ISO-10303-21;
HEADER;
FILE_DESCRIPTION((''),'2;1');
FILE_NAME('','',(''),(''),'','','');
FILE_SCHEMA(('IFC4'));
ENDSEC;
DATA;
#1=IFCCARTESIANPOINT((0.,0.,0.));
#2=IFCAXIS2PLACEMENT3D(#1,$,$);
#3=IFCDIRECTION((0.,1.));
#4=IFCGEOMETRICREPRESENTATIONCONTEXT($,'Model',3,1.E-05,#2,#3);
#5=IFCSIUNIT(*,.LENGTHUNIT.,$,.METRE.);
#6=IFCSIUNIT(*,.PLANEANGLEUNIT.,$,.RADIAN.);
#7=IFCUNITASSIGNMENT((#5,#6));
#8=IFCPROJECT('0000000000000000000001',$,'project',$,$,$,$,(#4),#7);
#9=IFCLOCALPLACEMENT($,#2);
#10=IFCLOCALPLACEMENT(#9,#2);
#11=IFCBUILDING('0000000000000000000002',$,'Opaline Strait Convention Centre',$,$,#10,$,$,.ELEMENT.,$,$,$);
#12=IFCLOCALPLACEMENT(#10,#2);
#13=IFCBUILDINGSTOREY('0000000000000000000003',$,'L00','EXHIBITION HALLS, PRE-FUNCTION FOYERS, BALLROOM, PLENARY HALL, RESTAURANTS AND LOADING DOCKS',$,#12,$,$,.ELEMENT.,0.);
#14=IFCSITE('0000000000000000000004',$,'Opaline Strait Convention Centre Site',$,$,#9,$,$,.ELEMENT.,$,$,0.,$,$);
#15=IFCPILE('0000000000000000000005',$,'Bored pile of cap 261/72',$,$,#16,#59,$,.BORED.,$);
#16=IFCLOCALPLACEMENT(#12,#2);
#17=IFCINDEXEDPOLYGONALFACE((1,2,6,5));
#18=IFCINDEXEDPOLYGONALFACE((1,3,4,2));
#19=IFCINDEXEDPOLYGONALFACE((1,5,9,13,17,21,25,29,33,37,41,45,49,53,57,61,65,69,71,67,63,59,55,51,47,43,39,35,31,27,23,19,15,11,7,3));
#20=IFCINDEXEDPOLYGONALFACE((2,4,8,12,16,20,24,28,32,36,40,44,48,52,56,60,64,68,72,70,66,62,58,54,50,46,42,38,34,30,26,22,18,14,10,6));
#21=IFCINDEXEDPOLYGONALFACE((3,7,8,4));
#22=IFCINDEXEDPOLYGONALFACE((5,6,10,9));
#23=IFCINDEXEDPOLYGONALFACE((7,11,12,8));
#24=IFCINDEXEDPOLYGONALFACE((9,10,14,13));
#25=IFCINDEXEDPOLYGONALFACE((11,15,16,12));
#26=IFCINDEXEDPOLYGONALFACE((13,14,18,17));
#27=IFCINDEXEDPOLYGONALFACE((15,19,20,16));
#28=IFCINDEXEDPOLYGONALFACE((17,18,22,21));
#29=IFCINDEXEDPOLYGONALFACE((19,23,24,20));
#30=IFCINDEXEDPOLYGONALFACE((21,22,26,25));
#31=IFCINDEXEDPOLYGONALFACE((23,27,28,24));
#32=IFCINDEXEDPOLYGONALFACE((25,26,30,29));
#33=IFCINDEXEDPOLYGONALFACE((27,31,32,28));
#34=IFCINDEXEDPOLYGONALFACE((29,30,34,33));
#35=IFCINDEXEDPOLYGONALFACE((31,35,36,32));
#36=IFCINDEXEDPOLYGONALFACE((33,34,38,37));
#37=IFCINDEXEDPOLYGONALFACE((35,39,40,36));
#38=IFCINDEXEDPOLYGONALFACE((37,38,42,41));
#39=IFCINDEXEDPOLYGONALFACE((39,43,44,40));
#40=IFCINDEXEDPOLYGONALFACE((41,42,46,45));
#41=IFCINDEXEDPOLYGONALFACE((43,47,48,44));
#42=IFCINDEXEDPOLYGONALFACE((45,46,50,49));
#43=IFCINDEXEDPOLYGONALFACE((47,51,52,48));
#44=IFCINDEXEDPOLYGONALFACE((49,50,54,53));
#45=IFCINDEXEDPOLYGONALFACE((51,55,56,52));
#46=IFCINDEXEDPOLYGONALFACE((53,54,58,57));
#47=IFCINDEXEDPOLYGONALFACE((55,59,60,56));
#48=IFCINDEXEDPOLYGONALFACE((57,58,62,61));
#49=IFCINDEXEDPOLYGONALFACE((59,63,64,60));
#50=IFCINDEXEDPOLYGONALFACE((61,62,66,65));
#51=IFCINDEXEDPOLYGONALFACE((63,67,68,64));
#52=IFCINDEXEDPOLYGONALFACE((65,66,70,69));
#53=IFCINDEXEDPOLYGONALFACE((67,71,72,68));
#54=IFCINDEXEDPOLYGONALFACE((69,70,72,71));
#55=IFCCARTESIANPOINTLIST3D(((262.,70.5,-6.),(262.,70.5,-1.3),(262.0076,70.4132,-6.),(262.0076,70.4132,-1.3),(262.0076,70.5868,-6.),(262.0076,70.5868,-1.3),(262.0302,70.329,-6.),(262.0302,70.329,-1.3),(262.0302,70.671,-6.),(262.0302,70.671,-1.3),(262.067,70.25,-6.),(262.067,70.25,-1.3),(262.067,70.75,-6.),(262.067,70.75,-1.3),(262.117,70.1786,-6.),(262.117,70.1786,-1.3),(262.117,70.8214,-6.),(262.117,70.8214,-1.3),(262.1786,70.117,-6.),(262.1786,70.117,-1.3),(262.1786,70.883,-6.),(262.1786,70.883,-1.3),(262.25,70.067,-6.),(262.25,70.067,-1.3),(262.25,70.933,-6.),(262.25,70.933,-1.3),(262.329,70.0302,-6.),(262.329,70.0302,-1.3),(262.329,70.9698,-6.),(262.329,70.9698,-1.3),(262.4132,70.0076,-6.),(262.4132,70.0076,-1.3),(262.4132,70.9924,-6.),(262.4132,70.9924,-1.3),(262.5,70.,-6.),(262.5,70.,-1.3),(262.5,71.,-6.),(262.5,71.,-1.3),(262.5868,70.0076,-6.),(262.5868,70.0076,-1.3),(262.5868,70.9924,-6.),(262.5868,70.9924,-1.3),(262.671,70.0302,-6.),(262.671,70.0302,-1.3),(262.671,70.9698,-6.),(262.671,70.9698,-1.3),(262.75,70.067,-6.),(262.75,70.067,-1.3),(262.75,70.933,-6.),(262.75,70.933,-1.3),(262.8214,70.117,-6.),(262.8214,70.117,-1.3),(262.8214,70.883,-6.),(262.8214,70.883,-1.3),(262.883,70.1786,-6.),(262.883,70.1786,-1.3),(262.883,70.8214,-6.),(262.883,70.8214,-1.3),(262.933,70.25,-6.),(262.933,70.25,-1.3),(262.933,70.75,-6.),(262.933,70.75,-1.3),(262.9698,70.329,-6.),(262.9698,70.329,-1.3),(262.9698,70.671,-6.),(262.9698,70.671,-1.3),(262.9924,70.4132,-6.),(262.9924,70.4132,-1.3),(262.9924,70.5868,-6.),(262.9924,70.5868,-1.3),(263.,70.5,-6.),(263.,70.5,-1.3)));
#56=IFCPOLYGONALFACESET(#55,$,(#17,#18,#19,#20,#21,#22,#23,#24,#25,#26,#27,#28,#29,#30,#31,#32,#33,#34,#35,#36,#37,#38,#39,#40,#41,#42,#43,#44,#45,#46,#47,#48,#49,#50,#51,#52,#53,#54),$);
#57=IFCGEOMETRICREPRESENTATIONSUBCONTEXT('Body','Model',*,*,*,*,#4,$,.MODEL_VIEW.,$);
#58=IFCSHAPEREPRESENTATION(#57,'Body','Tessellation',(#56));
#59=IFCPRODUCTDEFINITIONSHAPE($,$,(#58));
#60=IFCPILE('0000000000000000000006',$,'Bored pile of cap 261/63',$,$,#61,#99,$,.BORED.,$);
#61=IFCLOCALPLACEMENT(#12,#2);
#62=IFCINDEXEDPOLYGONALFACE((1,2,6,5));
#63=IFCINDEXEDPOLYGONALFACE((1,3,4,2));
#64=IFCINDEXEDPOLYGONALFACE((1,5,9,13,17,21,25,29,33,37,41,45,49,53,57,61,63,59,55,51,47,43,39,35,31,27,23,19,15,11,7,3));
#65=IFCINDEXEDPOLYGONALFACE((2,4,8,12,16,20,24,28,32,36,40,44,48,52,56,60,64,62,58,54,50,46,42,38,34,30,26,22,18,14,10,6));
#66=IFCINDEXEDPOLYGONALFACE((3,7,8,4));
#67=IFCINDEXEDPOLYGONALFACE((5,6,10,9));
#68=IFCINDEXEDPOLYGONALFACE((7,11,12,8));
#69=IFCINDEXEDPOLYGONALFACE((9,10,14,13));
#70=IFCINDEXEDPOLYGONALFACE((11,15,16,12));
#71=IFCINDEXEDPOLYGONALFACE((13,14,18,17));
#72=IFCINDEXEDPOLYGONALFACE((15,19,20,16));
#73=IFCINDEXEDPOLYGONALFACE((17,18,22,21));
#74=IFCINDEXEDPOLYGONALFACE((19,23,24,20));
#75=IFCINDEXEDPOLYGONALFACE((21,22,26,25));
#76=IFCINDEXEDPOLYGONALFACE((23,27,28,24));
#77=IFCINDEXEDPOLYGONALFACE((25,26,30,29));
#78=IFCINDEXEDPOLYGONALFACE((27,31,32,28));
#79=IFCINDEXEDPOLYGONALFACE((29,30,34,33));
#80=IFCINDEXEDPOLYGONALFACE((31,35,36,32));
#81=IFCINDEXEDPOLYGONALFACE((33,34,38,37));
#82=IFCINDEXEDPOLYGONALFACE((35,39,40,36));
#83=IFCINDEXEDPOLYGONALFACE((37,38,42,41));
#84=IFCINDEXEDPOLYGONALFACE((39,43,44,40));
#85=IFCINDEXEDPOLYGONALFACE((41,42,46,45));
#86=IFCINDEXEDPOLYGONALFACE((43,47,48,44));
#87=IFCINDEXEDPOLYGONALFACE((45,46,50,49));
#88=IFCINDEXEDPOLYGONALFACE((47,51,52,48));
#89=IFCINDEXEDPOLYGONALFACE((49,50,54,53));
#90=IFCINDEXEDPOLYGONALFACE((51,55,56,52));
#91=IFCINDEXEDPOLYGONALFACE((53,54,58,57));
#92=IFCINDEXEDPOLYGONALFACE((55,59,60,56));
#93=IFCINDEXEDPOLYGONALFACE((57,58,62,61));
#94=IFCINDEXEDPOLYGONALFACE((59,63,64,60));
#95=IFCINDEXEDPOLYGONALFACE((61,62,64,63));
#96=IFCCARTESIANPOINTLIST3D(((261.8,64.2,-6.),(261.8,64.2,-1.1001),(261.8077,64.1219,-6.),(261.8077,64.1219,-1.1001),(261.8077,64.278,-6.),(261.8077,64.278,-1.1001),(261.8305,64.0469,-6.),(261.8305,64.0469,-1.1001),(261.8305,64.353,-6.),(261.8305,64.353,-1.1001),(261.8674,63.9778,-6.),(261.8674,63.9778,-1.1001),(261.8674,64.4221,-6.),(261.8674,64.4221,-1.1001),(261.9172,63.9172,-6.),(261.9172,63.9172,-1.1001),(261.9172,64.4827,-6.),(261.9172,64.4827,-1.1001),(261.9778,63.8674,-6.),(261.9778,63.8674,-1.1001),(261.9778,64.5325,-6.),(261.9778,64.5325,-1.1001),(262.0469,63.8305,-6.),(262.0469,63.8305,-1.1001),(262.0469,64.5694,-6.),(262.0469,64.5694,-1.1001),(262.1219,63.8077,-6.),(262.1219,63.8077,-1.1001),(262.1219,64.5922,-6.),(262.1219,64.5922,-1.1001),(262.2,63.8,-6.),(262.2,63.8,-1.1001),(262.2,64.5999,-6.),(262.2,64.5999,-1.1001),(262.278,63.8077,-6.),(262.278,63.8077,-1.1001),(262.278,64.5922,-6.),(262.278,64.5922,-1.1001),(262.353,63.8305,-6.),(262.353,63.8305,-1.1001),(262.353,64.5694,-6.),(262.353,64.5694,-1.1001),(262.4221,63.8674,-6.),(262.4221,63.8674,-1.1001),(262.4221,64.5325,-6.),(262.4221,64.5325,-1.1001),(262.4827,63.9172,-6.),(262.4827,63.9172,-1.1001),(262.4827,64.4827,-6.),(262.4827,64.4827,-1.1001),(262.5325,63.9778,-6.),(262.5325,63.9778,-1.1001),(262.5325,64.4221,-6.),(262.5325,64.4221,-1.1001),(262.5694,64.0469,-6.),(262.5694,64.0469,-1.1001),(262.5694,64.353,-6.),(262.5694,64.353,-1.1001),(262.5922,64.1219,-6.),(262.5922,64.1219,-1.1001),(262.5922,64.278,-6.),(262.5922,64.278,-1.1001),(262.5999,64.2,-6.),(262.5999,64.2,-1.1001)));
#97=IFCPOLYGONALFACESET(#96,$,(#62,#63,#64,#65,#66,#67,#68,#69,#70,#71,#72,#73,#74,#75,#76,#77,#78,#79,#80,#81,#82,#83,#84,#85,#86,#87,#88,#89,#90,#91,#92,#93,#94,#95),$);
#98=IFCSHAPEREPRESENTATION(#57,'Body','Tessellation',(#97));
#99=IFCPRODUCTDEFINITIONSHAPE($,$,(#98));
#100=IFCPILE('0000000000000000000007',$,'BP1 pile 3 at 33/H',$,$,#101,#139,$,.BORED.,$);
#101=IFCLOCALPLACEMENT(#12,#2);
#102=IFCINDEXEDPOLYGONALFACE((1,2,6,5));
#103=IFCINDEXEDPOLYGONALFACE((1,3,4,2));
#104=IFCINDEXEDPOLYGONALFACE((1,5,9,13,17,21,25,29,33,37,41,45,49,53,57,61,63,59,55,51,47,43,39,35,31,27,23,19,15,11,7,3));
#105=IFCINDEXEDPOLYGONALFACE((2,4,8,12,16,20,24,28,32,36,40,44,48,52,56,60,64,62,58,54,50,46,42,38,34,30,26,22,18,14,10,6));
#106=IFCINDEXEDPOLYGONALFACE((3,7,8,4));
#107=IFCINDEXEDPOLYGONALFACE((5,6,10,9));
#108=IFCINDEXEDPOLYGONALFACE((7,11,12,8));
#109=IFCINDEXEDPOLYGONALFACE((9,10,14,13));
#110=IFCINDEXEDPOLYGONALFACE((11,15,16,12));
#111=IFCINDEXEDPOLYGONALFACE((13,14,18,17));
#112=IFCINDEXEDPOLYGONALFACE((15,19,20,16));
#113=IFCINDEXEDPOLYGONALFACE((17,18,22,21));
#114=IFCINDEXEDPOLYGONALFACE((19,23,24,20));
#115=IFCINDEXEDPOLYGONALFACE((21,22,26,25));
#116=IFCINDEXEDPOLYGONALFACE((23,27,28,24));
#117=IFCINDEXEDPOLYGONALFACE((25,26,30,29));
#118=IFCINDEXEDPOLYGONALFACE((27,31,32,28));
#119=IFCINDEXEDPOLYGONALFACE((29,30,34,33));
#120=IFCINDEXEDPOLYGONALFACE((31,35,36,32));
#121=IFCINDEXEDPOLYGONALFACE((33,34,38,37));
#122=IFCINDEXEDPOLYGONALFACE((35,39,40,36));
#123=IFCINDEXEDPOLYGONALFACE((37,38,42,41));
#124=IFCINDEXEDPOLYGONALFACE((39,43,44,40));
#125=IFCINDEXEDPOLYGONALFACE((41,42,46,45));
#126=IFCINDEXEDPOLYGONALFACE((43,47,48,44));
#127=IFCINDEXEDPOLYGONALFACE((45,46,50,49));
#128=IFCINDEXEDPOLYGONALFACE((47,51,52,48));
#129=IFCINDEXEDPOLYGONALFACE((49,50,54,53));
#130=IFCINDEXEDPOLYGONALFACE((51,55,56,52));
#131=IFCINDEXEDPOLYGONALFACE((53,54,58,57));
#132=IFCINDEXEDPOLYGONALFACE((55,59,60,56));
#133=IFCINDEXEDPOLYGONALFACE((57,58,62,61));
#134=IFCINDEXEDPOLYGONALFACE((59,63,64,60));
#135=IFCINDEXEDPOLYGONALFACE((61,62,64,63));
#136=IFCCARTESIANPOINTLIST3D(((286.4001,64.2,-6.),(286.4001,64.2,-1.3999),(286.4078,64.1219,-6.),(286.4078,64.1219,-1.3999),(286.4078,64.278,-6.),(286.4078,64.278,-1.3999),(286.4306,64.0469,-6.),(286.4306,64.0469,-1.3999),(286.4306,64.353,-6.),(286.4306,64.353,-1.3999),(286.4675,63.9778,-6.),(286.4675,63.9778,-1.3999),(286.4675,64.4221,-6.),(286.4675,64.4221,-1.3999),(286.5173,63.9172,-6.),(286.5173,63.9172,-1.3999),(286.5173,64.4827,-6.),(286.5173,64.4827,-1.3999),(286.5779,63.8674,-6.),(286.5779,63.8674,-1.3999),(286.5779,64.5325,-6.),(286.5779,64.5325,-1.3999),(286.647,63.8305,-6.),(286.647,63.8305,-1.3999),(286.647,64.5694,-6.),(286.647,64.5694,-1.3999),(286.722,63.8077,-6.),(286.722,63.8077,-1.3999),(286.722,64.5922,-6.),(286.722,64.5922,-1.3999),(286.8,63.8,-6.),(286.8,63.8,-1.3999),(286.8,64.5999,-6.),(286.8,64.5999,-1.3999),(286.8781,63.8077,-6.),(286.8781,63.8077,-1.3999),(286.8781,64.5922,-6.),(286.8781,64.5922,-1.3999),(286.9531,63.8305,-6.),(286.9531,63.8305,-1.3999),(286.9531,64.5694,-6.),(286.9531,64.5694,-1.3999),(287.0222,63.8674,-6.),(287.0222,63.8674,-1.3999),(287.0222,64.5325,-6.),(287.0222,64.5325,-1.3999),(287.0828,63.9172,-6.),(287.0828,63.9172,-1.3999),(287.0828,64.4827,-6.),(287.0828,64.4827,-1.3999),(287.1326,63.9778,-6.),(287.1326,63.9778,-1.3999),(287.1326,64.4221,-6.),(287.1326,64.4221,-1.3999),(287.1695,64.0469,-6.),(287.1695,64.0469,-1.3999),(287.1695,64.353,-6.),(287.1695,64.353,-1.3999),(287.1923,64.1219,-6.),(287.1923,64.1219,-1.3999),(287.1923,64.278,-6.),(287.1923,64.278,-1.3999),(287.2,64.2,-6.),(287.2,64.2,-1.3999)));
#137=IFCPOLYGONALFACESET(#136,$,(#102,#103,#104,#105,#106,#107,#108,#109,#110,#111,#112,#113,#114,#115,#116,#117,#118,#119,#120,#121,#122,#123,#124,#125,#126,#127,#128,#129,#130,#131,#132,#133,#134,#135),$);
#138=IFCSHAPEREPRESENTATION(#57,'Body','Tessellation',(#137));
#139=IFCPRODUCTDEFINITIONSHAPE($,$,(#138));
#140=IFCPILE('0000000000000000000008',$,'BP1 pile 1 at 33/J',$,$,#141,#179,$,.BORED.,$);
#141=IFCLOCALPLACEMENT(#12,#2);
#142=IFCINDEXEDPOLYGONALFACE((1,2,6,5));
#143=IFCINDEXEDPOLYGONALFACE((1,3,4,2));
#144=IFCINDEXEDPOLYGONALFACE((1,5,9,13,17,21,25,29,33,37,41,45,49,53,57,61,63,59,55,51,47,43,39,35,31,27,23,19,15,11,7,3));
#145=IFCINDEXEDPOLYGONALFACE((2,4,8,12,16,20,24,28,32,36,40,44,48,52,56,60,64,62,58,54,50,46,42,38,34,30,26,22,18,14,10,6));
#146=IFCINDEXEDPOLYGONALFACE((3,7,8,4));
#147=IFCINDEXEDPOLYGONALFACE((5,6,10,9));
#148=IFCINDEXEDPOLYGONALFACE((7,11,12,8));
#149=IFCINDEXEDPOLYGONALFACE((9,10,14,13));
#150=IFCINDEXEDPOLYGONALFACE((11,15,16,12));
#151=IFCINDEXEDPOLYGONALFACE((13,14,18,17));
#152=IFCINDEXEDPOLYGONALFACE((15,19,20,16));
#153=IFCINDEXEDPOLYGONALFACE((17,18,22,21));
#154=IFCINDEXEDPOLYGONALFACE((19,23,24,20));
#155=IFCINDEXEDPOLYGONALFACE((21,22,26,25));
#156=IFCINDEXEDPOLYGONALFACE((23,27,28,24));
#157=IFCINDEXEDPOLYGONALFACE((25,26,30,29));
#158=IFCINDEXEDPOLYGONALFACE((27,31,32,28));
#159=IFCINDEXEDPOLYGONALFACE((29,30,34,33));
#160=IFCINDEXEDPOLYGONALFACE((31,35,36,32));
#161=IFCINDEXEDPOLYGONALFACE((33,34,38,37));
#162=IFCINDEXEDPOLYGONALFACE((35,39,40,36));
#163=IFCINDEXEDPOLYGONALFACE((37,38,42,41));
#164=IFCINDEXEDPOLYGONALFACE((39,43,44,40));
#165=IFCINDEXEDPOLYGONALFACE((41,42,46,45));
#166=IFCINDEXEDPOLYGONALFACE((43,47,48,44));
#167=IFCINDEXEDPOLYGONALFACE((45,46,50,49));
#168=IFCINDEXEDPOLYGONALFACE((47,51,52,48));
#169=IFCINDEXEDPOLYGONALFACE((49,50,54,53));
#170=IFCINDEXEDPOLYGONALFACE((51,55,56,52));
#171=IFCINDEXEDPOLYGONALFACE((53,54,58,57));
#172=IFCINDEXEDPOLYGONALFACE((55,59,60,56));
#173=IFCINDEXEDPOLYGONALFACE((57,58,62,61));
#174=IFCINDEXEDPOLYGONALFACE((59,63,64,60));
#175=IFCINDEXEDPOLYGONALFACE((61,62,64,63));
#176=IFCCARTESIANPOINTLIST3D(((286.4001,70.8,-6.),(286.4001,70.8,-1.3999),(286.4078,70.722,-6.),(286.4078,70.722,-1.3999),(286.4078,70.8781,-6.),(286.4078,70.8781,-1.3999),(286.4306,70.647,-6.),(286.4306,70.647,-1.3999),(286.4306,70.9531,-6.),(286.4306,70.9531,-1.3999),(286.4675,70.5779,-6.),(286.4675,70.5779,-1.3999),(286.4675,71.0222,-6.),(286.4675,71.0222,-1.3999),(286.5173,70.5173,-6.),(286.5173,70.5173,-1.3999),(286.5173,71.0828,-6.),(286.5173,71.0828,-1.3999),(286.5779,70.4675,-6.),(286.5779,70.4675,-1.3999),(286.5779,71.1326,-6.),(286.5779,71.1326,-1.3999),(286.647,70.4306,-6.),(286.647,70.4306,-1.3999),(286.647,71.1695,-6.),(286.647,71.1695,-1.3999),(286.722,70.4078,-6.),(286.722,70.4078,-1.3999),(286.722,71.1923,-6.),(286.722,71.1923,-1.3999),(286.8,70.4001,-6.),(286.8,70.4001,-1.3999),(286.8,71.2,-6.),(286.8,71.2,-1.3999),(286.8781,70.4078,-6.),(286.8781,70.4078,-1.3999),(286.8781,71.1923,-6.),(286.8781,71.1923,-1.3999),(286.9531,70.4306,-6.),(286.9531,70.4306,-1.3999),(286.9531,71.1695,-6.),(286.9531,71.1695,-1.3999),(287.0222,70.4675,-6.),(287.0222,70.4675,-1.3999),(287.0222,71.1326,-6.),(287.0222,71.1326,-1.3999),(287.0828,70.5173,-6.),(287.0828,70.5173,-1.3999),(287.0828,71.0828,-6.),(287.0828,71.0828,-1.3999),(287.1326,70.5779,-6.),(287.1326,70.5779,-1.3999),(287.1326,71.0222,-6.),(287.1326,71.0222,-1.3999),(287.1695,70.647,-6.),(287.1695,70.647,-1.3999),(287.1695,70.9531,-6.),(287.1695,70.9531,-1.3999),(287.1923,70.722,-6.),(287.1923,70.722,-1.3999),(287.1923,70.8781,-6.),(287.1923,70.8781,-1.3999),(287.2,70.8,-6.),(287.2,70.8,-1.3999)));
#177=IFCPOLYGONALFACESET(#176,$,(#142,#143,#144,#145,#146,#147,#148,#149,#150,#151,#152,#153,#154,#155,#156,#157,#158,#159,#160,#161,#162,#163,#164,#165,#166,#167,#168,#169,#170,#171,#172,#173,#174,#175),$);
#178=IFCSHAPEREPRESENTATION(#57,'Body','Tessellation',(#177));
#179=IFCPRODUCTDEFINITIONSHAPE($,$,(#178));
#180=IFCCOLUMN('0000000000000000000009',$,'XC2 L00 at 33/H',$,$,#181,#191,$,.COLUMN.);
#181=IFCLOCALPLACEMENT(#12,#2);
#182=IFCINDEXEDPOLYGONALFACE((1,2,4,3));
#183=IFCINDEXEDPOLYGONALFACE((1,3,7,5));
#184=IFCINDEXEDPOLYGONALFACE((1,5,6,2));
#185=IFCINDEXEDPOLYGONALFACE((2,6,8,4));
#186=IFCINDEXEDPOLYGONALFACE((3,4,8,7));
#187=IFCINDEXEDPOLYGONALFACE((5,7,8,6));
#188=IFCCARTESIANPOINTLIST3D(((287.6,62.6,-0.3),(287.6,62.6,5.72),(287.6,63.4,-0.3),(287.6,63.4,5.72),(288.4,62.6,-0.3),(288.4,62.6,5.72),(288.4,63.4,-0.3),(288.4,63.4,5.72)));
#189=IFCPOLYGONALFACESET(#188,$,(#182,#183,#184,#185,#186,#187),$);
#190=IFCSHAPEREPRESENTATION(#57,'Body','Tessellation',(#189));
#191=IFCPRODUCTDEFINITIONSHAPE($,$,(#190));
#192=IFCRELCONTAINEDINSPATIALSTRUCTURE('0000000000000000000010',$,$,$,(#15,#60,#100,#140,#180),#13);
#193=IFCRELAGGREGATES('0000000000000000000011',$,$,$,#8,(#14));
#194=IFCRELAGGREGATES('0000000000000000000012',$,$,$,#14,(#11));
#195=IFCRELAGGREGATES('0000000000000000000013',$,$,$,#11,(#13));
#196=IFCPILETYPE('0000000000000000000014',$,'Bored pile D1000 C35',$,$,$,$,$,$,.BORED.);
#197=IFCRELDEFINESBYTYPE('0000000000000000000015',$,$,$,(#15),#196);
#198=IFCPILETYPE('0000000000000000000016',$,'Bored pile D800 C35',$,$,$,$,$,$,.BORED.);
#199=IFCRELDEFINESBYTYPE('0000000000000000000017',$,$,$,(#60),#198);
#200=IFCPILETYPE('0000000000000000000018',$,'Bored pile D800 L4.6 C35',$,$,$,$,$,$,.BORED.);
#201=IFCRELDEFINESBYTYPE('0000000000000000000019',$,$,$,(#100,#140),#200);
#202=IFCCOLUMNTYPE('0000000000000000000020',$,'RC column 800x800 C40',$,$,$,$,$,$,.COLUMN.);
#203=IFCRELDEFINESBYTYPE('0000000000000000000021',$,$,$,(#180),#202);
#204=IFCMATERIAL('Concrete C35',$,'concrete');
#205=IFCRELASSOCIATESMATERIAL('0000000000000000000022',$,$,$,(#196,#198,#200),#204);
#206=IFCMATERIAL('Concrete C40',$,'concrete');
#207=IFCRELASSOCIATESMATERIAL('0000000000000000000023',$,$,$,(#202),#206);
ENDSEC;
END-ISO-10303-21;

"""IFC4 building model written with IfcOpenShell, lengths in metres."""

from ifc_helpers import new_model, si_unit, direction, frame, origin, origin_2d, place, context, subcontext, project, spatial, rectangle, circle, extrude, material, material_profile, profile_set, type_object, element, save


model = new_model("IFC4")

# Units and contexts
model_context = context("Model", 3, precision=1e-05, world=origin(), true_north=direction((0.0, 1.0)))
body_context = subcontext(model_context, "Body", "Model", "MODEL_VIEW")
ifc_project = project(units=[si_unit("LENGTHUNIT", "METRE"), si_unit("PLANEANGLEUNIT", "RADIAN")], contexts=[model_context])

# Site, building, storey
site_placement = place(None, origin())
site = spatial("IfcSite", under=ifc_project, at=site_placement, Name="Opaline Strait Convention Centre Site", CompositionType="ELEMENT", RefElevation=0.0)
building_placement = place(site_placement, origin())
building = spatial("IfcBuilding", under=site, at=building_placement, Name="Opaline Strait Convention Centre", CompositionType="ELEMENT")
storey_placement = place(building_placement, origin())
storey = spatial("IfcBuildingStorey", under=building, at=storey_placement, Name="L00", Description="EXHIBITION HALLS, PRE-FUNCTION FOYERS, BALLROOM, PLENARY HALL, RESTAURANTS AND LOADING DOCKS", CompositionType="ELEMENT", Elevation=0.0)

# Piles
ifc_material_1 = material(Name="Concrete C35", Category="concrete")
ifc_material_profile_1 = material_profile(ifc_material_1, circle(Radius=0.5, at=origin_2d()), Name="D1000")
ifc_profile_set_1 = profile_set([ifc_material_profile_1], Name="Concrete C35")
pile_type_1 = type_object("IfcPileType", Name="Bored pile D1000 C35", PredefinedType="BORED", material=ifc_profile_set_1)
pile_1_placement = place(storey_placement, frame((262.5, 70.5, -1.3), z_axis=(0.0, 0.0, -1.0), x_axis=(1.0, 0.0, 0.0)))
element("IfcPile", 1, at=pile_1_placement, inside=storey, type_object=pile_type_1, Name="Bored pile of cap 261/72", PredefinedType="BORED", context=body_context, shape_type="SweptSolid", body=[
    extrude(circle(Radius=0.5, at=origin_2d()), origin(), (0.0, 0.0, 1.0), 4.7),
])
ifc_material_profile_2 = material_profile(ifc_material_1, circle(Radius=0.3999, at=origin_2d()), Name="D800")
ifc_profile_set_2 = profile_set([ifc_material_profile_2], Name="Concrete C35")
pile_type_2 = type_object("IfcPileType", Name="Bored pile D800 C35", PredefinedType="BORED", material=ifc_profile_set_2)
pile_2_placement = place(storey_placement, frame((262.2, 64.2, -1.1001), z_axis=(0.0, 0.0, -1.0), x_axis=(1.0, 0.0, 0.0)))
element("IfcPile", 2, at=pile_2_placement, inside=storey, type_object=pile_type_2, Name="Bored pile of cap 261/63", PredefinedType="BORED", context=body_context, shape_type="SweptSolid", body=[
    extrude(circle(Radius=0.3999, at=origin_2d()), origin(), (0.0, 0.0, 1.0), 4.8999),
])
ifc_material_profile_3 = material_profile(ifc_material_1, circle(Radius=0.3999, at=origin_2d()), Name="D800")
ifc_profile_set_3 = profile_set([ifc_material_profile_3], Name="Concrete C35")
pile_type_3 = type_object("IfcPileType", Name="Bored pile D800 L4.6 C35", PredefinedType="BORED", material=ifc_profile_set_3)
for number, where, z_axis, x_axis, name in (
    (3, (286.8, 64.2, -1.3999), (0.0, 0.0, -1.0), (1.0, 0.0, 0.0), "BP1 pile 3 at 33/H"),
    (4, (286.8, 70.8, -1.3999), (0.0, 0.0, -1.0), (1.0, 0.0, 0.0), "BP1 pile 1 at 33/J"),
):
    element("IfcPile", number, at=place(storey_placement, frame(where, z_axis=z_axis, x_axis=x_axis)), inside=storey, type_object=pile_type_3, Name=name, PredefinedType="BORED", context=body_context, shape_type="SweptSolid", body=[
        extrude(circle(Radius=0.3999, at=origin_2d()), origin(), (0.0, 0.0, 1.0), 4.6001),
    ])

# Column
ifc_material_2 = material(Name="Concrete C40", Category="concrete")
ifc_material_profile_4 = material_profile(ifc_material_2, rectangle(XDim=0.8, YDim=0.8, at=origin_2d()), Name="RC 800x800")
ifc_profile_set_4 = profile_set([ifc_material_profile_4], Name="Concrete C40")
column_type = type_object("IfcColumnType", Name="RC column 800x800 C40", PredefinedType="COLUMN", material=ifc_profile_set_4)
for number, where, z_axis, x_axis, name in (
    (5, (288.0, 63.0, -0.3), (0.0, 0.0, 1.0), (1.0, 0.0, 0.0), "XC2 L00 at 33/H"),
):
    element("IfcColumn", number, at=place(storey_placement, frame(where, z_axis=z_axis, x_axis=x_axis)), inside=storey, type_object=column_type, Name=name, PredefinedType="COLUMN", context=body_context, shape_type="SweptSolid", body=[
        extrude(rectangle(XDim=0.8, YDim=0.8, at=origin_2d()), origin(), (0.0, 0.0, 1.0), 6.02),
    ])

save(model, "model.ifc")
